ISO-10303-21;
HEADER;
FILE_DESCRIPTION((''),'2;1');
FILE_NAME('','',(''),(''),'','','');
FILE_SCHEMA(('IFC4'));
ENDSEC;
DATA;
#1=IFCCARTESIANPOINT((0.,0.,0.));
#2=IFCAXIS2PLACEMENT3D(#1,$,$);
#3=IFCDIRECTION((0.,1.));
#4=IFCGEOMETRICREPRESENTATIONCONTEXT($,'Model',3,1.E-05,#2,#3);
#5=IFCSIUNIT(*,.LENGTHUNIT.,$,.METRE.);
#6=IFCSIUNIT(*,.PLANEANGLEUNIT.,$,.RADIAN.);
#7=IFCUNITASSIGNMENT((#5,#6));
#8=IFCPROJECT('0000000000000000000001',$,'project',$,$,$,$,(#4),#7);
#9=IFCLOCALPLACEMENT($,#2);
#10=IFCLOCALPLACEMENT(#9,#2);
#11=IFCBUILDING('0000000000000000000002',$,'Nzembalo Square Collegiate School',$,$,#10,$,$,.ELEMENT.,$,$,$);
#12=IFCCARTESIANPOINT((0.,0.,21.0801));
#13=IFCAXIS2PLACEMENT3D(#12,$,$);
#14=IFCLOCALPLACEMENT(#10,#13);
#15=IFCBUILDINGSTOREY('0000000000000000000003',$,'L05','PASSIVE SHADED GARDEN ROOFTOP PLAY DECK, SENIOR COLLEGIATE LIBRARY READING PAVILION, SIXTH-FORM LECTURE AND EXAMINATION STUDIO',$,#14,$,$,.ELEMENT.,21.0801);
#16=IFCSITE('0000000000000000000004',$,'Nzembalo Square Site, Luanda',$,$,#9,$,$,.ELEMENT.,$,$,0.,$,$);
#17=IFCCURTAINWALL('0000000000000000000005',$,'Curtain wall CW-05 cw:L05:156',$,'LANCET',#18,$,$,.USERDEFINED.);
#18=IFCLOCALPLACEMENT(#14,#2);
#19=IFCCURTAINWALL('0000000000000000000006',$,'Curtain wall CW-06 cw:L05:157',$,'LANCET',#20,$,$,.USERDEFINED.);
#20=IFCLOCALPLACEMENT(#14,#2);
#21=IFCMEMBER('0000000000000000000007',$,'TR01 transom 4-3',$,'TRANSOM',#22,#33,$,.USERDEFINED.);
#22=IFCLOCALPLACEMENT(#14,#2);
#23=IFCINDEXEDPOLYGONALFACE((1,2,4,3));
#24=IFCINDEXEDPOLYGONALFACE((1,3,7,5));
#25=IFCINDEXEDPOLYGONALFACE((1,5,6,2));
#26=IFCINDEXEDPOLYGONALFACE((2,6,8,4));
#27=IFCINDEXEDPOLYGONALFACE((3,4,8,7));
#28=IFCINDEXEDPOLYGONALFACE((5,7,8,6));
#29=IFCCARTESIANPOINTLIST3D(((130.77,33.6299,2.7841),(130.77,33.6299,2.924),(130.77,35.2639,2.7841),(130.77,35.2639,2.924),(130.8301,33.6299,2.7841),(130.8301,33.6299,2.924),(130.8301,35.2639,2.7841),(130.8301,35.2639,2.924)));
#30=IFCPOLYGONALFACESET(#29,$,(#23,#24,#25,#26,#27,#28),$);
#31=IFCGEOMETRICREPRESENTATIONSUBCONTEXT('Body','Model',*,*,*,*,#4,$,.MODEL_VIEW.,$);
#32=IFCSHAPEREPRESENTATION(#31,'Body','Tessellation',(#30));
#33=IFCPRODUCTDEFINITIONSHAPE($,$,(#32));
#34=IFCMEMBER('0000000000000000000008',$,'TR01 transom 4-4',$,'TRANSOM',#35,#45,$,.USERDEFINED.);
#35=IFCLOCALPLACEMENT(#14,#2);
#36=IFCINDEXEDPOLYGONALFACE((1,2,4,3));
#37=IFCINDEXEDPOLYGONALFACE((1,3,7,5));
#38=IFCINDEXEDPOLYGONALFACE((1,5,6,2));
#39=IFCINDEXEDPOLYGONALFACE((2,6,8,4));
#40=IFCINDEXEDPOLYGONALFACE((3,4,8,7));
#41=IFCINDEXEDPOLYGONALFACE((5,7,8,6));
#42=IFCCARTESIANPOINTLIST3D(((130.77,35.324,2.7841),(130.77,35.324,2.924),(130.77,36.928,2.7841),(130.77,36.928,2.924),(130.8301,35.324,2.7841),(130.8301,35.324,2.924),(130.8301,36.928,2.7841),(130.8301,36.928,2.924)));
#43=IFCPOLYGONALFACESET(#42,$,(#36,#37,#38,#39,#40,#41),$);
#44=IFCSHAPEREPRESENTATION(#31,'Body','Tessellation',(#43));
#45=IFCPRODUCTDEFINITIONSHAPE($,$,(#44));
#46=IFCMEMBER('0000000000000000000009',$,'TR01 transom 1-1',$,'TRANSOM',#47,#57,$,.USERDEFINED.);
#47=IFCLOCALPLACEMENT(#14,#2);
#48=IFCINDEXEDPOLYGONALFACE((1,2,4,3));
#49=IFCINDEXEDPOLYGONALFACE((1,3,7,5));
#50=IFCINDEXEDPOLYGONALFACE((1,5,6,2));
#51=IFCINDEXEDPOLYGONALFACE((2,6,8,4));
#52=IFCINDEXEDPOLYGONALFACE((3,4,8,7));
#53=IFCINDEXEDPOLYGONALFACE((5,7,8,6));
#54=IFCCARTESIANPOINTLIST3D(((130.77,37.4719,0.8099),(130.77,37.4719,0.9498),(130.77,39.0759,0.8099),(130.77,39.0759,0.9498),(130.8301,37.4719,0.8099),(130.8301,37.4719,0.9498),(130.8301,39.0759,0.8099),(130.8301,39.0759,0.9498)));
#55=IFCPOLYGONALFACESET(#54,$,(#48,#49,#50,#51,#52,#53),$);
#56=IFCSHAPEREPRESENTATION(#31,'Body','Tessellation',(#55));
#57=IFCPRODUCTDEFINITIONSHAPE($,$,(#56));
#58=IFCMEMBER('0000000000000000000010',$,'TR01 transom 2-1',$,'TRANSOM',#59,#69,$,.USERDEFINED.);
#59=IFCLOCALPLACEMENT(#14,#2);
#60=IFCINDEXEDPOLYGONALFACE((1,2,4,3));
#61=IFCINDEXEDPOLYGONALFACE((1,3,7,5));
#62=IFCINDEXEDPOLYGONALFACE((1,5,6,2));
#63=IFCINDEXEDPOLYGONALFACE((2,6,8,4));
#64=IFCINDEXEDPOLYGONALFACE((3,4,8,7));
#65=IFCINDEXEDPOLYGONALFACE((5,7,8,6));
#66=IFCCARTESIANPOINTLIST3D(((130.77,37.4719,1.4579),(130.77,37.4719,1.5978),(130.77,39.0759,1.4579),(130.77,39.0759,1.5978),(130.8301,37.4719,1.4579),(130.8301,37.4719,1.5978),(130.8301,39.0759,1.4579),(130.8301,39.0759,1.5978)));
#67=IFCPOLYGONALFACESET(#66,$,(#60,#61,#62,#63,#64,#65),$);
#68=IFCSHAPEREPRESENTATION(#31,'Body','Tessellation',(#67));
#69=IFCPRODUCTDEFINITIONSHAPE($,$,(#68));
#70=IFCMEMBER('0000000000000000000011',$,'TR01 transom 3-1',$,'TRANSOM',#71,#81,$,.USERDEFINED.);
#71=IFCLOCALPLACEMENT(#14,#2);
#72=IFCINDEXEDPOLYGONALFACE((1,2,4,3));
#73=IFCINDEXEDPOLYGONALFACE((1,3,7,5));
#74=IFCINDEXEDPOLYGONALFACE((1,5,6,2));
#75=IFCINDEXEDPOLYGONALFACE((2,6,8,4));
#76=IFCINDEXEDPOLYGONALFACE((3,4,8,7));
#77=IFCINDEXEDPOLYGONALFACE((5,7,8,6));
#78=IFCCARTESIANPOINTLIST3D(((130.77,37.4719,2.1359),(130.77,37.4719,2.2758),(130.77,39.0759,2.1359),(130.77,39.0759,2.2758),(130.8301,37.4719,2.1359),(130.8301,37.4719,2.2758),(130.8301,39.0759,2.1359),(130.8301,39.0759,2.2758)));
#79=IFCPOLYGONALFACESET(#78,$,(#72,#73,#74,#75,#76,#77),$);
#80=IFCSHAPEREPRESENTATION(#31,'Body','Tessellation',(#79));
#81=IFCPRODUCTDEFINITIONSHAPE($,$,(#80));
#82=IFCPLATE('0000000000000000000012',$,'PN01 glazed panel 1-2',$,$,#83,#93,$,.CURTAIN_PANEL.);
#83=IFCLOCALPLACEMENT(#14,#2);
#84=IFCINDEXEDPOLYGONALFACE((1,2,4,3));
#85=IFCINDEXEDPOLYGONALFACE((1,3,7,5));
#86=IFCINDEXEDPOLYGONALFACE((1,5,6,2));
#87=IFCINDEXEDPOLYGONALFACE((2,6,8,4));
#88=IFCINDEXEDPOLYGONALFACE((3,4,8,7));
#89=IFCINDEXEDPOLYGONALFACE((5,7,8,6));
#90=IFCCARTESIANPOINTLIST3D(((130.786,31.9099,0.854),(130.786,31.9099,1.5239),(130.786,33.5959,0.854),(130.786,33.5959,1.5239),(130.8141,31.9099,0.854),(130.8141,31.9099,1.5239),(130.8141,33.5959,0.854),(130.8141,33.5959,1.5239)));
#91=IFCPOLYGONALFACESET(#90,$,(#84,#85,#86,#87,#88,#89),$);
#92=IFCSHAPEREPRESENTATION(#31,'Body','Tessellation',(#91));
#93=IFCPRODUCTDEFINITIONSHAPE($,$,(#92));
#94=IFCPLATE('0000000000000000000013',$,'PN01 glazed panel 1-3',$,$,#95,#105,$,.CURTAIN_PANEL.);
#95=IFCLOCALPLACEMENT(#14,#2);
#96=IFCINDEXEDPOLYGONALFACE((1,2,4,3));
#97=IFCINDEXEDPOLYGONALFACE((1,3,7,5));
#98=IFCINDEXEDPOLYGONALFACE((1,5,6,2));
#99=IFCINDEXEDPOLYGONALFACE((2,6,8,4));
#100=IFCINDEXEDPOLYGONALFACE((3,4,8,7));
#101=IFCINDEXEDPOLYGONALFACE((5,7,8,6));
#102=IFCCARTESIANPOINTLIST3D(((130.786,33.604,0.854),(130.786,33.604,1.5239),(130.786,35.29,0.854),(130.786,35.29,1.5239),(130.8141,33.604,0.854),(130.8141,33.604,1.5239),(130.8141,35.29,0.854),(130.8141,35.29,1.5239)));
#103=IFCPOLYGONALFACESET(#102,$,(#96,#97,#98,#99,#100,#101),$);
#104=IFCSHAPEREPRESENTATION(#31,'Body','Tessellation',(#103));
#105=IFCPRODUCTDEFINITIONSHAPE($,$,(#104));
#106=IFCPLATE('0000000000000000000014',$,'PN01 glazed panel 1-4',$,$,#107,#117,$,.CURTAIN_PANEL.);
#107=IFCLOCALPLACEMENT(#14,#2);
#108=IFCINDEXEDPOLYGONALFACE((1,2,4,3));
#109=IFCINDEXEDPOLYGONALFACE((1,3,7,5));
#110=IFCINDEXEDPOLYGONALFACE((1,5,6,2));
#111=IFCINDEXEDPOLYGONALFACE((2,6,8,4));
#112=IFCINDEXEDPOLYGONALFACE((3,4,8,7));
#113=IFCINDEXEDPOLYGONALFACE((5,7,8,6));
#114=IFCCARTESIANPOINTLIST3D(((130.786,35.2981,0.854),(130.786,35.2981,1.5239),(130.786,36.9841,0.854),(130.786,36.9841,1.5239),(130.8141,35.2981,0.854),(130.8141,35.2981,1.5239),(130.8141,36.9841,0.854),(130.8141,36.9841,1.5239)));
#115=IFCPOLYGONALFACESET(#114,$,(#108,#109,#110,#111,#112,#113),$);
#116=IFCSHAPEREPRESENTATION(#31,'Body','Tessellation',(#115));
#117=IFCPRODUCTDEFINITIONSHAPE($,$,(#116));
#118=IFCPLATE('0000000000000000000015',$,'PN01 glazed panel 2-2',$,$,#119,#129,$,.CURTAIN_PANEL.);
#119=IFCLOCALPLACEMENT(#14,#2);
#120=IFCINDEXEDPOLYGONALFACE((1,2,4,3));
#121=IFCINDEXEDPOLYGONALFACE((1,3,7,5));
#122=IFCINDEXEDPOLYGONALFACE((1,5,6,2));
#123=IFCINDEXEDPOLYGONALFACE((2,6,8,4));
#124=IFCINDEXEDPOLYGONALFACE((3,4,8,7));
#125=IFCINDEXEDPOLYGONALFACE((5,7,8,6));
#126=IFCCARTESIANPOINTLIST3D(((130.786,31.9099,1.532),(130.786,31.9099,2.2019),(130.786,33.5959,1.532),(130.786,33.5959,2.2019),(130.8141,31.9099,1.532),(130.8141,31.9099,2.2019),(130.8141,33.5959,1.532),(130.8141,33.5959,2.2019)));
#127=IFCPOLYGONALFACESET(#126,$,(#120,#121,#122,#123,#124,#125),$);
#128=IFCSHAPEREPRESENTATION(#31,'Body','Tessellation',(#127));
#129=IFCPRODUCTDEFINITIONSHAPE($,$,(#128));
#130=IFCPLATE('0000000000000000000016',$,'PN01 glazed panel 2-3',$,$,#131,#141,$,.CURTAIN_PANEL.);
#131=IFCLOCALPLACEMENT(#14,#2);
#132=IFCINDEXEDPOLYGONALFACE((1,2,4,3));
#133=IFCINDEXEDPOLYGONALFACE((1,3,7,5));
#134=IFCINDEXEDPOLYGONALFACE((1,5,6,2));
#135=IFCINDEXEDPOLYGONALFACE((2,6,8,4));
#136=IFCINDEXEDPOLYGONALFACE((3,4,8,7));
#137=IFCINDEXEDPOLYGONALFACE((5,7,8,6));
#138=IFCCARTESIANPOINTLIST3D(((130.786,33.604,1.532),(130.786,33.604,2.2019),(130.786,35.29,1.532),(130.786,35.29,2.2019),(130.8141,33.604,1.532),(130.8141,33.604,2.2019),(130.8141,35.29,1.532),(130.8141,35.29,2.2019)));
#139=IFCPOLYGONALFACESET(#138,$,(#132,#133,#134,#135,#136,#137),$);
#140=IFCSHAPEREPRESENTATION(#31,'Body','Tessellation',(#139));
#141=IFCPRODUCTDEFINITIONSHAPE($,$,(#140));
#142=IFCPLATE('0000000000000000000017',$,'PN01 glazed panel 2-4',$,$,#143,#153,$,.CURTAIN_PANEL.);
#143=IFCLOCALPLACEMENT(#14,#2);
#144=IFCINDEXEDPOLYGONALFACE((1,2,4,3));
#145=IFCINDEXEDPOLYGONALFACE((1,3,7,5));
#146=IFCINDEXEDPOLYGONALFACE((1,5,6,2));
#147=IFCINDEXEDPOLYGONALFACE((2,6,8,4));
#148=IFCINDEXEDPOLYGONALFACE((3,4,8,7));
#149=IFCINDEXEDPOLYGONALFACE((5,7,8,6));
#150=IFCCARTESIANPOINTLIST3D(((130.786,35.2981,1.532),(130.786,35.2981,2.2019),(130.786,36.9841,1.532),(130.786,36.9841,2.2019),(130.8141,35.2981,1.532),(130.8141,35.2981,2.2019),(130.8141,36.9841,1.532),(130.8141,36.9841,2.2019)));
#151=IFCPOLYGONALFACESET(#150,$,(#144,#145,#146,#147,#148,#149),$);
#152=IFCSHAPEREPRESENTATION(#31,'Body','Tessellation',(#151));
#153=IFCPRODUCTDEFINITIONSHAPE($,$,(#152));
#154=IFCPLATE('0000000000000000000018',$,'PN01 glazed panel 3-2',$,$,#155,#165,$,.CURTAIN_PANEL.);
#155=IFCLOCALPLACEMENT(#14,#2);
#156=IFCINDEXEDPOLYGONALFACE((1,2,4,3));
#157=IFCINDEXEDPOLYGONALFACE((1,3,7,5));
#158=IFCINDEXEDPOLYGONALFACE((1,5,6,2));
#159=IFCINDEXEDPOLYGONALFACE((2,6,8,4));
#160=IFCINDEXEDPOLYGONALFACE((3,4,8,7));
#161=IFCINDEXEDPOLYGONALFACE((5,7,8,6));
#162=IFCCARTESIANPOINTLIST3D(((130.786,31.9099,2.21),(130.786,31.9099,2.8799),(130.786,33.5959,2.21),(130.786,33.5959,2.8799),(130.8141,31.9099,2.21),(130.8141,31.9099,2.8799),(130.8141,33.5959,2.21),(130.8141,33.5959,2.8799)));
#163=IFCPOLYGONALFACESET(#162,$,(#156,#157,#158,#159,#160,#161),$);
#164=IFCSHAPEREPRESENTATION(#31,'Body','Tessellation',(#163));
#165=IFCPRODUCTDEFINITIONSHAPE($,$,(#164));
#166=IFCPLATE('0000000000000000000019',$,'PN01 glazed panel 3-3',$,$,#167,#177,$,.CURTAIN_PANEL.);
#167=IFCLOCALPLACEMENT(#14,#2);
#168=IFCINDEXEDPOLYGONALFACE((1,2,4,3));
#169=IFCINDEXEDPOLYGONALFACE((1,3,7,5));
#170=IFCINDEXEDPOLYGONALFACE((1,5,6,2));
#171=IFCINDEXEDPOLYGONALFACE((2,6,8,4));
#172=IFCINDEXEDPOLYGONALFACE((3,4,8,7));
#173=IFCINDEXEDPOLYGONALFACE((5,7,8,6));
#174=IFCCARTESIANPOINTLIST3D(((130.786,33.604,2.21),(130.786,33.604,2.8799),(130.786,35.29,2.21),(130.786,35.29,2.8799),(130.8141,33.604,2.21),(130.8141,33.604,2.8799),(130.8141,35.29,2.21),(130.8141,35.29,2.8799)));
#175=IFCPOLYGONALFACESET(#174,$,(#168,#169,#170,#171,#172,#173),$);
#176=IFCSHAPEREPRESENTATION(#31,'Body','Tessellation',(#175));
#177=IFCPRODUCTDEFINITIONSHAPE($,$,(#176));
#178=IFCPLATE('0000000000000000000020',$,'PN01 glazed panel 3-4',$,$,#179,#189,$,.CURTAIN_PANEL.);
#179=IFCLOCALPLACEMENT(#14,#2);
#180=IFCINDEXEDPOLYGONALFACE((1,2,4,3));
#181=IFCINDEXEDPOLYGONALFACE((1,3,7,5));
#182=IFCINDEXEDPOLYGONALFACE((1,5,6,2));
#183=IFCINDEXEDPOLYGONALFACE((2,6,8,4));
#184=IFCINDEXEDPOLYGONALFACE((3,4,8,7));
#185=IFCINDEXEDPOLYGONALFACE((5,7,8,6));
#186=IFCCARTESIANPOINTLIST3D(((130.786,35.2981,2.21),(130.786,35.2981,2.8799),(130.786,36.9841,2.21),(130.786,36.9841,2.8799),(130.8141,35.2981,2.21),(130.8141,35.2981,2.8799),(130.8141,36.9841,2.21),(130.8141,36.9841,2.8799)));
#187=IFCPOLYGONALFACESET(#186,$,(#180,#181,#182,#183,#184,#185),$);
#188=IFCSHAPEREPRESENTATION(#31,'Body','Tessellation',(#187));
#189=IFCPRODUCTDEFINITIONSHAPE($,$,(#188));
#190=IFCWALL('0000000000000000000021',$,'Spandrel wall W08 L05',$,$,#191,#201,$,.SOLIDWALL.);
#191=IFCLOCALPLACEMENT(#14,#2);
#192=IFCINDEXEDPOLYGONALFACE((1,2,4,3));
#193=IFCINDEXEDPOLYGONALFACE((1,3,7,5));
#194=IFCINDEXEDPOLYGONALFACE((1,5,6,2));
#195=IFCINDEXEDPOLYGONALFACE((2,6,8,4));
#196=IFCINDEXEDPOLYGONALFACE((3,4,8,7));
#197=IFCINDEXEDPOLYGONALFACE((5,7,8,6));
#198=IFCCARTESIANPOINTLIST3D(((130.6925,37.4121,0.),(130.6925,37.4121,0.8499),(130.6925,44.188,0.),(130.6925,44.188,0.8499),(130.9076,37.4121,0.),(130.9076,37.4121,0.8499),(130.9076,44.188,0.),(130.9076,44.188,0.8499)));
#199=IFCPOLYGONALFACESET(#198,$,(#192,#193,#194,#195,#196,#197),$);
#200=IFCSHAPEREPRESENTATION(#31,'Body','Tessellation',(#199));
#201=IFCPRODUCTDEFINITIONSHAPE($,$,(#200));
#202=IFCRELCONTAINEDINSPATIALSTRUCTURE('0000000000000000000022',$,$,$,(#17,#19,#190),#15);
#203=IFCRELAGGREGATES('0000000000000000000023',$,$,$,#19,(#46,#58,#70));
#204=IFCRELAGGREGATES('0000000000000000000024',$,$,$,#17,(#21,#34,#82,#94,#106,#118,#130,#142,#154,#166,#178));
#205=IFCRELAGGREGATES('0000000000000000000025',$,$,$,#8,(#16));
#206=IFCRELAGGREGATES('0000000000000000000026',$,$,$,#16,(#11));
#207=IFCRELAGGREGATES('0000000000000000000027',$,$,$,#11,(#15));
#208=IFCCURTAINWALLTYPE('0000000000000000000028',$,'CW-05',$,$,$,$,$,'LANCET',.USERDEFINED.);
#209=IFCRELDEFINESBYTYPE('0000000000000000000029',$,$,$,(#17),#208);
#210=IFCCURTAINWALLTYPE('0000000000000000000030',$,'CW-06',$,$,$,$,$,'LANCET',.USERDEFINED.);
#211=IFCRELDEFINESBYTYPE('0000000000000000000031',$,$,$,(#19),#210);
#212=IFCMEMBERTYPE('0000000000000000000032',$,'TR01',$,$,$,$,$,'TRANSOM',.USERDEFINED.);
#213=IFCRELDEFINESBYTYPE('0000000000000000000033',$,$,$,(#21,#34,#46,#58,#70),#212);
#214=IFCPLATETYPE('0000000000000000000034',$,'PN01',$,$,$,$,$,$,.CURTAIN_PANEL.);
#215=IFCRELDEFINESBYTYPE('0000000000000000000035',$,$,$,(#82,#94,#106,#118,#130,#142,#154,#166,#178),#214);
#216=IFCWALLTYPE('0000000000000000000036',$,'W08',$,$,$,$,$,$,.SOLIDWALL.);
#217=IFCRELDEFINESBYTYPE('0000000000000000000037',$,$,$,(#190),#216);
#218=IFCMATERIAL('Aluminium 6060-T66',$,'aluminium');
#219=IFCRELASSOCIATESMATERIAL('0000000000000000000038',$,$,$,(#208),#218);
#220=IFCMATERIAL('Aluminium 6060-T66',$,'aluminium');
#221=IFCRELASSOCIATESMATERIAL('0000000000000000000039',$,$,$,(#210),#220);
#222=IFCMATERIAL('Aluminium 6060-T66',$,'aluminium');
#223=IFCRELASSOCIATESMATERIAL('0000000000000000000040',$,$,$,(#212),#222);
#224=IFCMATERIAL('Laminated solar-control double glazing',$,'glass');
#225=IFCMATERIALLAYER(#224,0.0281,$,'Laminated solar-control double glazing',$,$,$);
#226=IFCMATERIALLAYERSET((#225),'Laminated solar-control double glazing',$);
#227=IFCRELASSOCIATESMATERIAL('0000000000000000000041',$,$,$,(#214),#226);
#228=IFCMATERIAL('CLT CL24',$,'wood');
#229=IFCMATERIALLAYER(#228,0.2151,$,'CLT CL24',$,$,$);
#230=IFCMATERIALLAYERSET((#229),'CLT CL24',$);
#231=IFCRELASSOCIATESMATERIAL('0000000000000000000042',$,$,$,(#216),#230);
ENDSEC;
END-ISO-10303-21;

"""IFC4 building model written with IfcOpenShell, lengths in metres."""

from ifc_helpers import new_model, si_unit, direction, frame, frame_2d, origin, origin_2d, place, context, subcontext, project, spatial, rectangle, extrude, material, layer, layer_set, material_profile, profile_set, type_object, element, aggregate, save


model = new_model("IFC4")

# Units and contexts
model_context = context("Model", 3, precision=1e-05, world=origin(), true_north=direction((0.0, 1.0)))
body_context = subcontext(model_context, "Body", "Model", "MODEL_VIEW")
ifc_project = project(units=[si_unit("LENGTHUNIT", "METRE"), si_unit("PLANEANGLEUNIT", "RADIAN")], contexts=[model_context])

# Site, building, storey
site_placement = place(None, origin())
site = spatial("IfcSite", under=ifc_project, at=site_placement, Name="Nzembalo Square Site, Luanda", CompositionType="ELEMENT", RefElevation=0.0)
building_placement = place(site_placement, origin())
building = spatial("IfcBuilding", under=site, at=building_placement, Name="Nzembalo Square Collegiate School", CompositionType="ELEMENT")
storey_placement = place(building_placement, frame((0.0, 0.0, 21.0801)))
storey = spatial("IfcBuildingStorey", under=building, at=storey_placement, Name="L05", Description="PASSIVE SHADED GARDEN ROOFTOP PLAY DECK, SENIOR COLLEGIATE LIBRARY READING PAVILION, SIXTH-FORM LECTURE AND EXAMINATION STUDIO", CompositionType="ELEMENT", Elevation=21.0801)

# Curtain wall
ifc_material_1 = material(Name="Aluminium 6060-T66", Category="aluminium")
curtain_wall_type_1 = type_object("IfcCurtainWallType", Name="CW-05", ElementType="LANCET", PredefinedType="USERDEFINED", material=ifc_material_1)
curtain_wall_1_placement = place(storey_placement, origin())
curtain_wall_1 = element("IfcCurtainWall", 1, at=curtain_wall_1_placement, inside=storey, type_object=curtain_wall_type_1, Name="Curtain wall CW-05 cw:L05:156", ObjectType="LANCET", PredefinedType="USERDEFINED")

# Curtain wall
ifc_material_2 = material(Name="Aluminium 6060-T66", Category="aluminium")
curtain_wall_type_2 = type_object("IfcCurtainWallType", Name="CW-06", ElementType="LANCET", PredefinedType="USERDEFINED", material=ifc_material_2)
curtain_wall_2_placement = place(storey_placement, origin())
curtain_wall_2 = element("IfcCurtainWall", 2, at=curtain_wall_2_placement, inside=storey, type_object=curtain_wall_type_2, Name="Curtain wall CW-06 cw:L05:157", ObjectType="LANCET", PredefinedType="USERDEFINED")

# Members
ifc_material_3 = material(Name="Aluminium 6060-T66", Category="aluminium")
ifc_material_profile_1 = material_profile(ifc_material_3, rectangle(XDim=0.0601, YDim=0.1399, at=origin_2d()), Name="ALU T60x140")
ifc_profile_set_1 = profile_set([ifc_material_profile_1], Name="Aluminium 6060-T66")
member_type_1 = type_object("IfcMemberType", Name="TR01", ElementType="TRANSOM", PredefinedType="USERDEFINED", material=ifc_profile_set_1)
member_1_placement = place(storey_placement, frame((130.8, 33.6299, 2.854), z_axis=(0.0, 1.0, 0.0), x_axis=(-1.0, 0.0, 0.0)))
member_1 = element("IfcMember", 3, at=member_1_placement, type_object=member_type_1, Name="TR01 transom 4-3", ObjectType="TRANSOM", PredefinedType="USERDEFINED", context=body_context, shape_type="SweptSolid", body=[
    extrude(rectangle(XDim=0.0601, YDim=0.1399, at=origin_2d()), origin(), (0.0, 0.0, 1.0), 1.634),
])
member_2_placement = place(storey_placement, frame((130.8, 35.324, 2.854), z_axis=(0.0, 1.0, 0.0), x_axis=(-1.0, 0.0, 0.0)))
member_2 = element("IfcMember", 4, at=member_2_placement, type_object=member_type_1, Name="TR01 transom 4-4", ObjectType="TRANSOM", PredefinedType="USERDEFINED", context=body_context, shape_type="SweptSolid", body=[
    extrude(rectangle(XDim=0.0601, YDim=0.1399, at=origin_2d()), origin(), (0.0, 0.0, 1.0), 1.604),
])
member_3_placement = place(storey_placement, frame((130.8, 37.4719, 0.8799), z_axis=(0.0, 1.0, 0.0), x_axis=(-1.0, 0.0, 0.0)))
member_3 = element("IfcMember", 5, at=member_3_placement, type_object=member_type_1, Name="TR01 transom 1-1", ObjectType="TRANSOM", PredefinedType="USERDEFINED", context=body_context, shape_type="SweptSolid", body=[
    extrude(rectangle(XDim=0.0601, YDim=0.1399, at=origin_2d()), origin(), (0.0, 0.0, 1.0), 1.604),
])
member_4_placement = place(storey_placement, frame((130.8, 37.4719, 1.5278), z_axis=(0.0, 1.0, 0.0), x_axis=(-1.0, 0.0, 0.0)))
member_4 = element("IfcMember", 6, at=member_4_placement, type_object=member_type_1, Name="TR01 transom 2-1", ObjectType="TRANSOM", PredefinedType="USERDEFINED", context=body_context, shape_type="SweptSolid", body=[
    extrude(rectangle(XDim=0.0601, YDim=0.1399, at=origin_2d()), origin(), (0.0, 0.0, 1.0), 1.604),
])
member_5_placement = place(storey_placement, frame((130.8, 37.4719, 2.2058), z_axis=(0.0, 1.0, 0.0), x_axis=(-1.0, 0.0, 0.0)))
member_5 = element("IfcMember", 7, at=member_5_placement, type_object=member_type_1, Name="TR01 transom 3-1", ObjectType="TRANSOM", PredefinedType="USERDEFINED", context=body_context, shape_type="SweptSolid", body=[
    extrude(rectangle(XDim=0.0601, YDim=0.1399, at=origin_2d()), origin(), (0.0, 0.0, 1.0), 1.604),
])
aggregate(curtain_wall_2, [member_3, member_4, member_5])

# Plates
ifc_material_4 = material(Name="Laminated solar-control double glazing", Category="glass")
ifc_layer_1 = layer(ifc_material_4, 0.0281, Name="Laminated solar-control double glazing")
ifc_layer_set_1 = layer_set([ifc_layer_1], Name="Laminated solar-control double glazing")
plate_type = type_object("IfcPlateType", Name="PN01", PredefinedType="CURTAIN_PANEL", material=ifc_layer_set_1)
plate_1_placement = place(storey_placement, frame((130.8, 32.7529, 0.854), z_axis=(0.0, 0.0, 1.0), x_axis=(0.0, 1.0, 0.0)))
plate_1 = element("IfcPlate", 8, at=plate_1_placement, type_object=plate_type, Name="PN01 glazed panel 1-2", PredefinedType="CURTAIN_PANEL", context=body_context, shape_type="SweptSolid", body=[
    extrude(rectangle(XDim=1.686, YDim=0.0281, at=origin_2d()), origin(), (0.0, 0.0, 1.0), 0.6699),
])
plate_2_placement = place(storey_placement, frame((130.8, 34.447, 0.854), z_axis=(0.0, 0.0, 1.0), x_axis=(0.0, 1.0, 0.0)))
plate_2 = element("IfcPlate", 9, at=plate_2_placement, type_object=plate_type, Name="PN01 glazed panel 1-3", PredefinedType="CURTAIN_PANEL", context=body_context, shape_type="SweptSolid", body=[
    extrude(rectangle(XDim=1.686, YDim=0.0281, at=origin_2d()), origin(), (0.0, 0.0, 1.0), 0.6699),
])
plate_3_placement = place(storey_placement, frame((130.8, 36.1411, 0.854), z_axis=(0.0, 0.0, 1.0), x_axis=(0.0, 1.0, 0.0)))
plate_3 = element("IfcPlate", 10, at=plate_3_placement, type_object=plate_type, Name="PN01 glazed panel 1-4", PredefinedType="CURTAIN_PANEL", context=body_context, shape_type="SweptSolid", body=[
    extrude(rectangle(XDim=1.686, YDim=0.0281, at=origin_2d()), origin(), (0.0, 0.0, 1.0), 0.6699),
])
plate_4_placement = place(storey_placement, frame((130.8, 32.7529, 1.532), z_axis=(0.0, 0.0, 1.0), x_axis=(0.0, 1.0, 0.0)))
plate_4 = element("IfcPlate", 11, at=plate_4_placement, type_object=plate_type, Name="PN01 glazed panel 2-2", PredefinedType="CURTAIN_PANEL", context=body_context, shape_type="SweptSolid", body=[
    extrude(rectangle(XDim=1.686, YDim=0.0281, at=origin_2d()), origin(), (0.0, 0.0, 1.0), 0.6699),
])
plate_5_placement = place(storey_placement, frame((130.8, 34.447, 1.532), z_axis=(0.0, 0.0, 1.0), x_axis=(0.0, 1.0, 0.0)))
plate_5 = element("IfcPlate", 12, at=plate_5_placement, type_object=plate_type, Name="PN01 glazed panel 2-3", PredefinedType="CURTAIN_PANEL", context=body_context, shape_type="SweptSolid", body=[
    extrude(rectangle(XDim=1.686, YDim=0.0281, at=origin_2d()), origin(), (0.0, 0.0, 1.0), 0.6699),
])
plate_6_placement = place(storey_placement, frame((130.8, 36.1411, 1.532), z_axis=(0.0, 0.0, 1.0), x_axis=(0.0, 1.0, 0.0)))
plate_6 = element("IfcPlate", 13, at=plate_6_placement, type_object=plate_type, Name="PN01 glazed panel 2-4", PredefinedType="CURTAIN_PANEL", context=body_context, shape_type="SweptSolid", body=[
    extrude(rectangle(XDim=1.686, YDim=0.0281, at=origin_2d()), origin(), (0.0, 0.0, 1.0), 0.6699),
])
plate_7_placement = place(storey_placement, frame((130.8, 32.7529, 2.21), z_axis=(0.0, 0.0, 1.0), x_axis=(0.0, 1.0, 0.0)))
plate_7 = element("IfcPlate", 14, at=plate_7_placement, type_object=plate_type, Name="PN01 glazed panel 3-2", PredefinedType="CURTAIN_PANEL", context=body_context, shape_type="SweptSolid", body=[
    extrude(rectangle(XDim=1.686, YDim=0.0281, at=origin_2d()), origin(), (0.0, 0.0, 1.0), 0.6699),
])
plate_8_placement = place(storey_placement, frame((130.8, 34.447, 2.21), z_axis=(0.0, 0.0, 1.0), x_axis=(0.0, 1.0, 0.0)))
plate_8 = element("IfcPlate", 15, at=plate_8_placement, type_object=plate_type, Name="PN01 glazed panel 3-3", PredefinedType="CURTAIN_PANEL", context=body_context, shape_type="SweptSolid", body=[
    extrude(rectangle(XDim=1.686, YDim=0.0281, at=origin_2d()), origin(), (0.0, 0.0, 1.0), 0.6699),
])
plate_9_placement = place(storey_placement, frame((130.8, 36.1411, 2.21), z_axis=(0.0, 0.0, 1.0), x_axis=(0.0, 1.0, 0.0)))
plate_9 = element("IfcPlate", 16, at=plate_9_placement, type_object=plate_type, Name="PN01 glazed panel 3-4", PredefinedType="CURTAIN_PANEL", context=body_context, shape_type="SweptSolid", body=[
    extrude(rectangle(XDim=1.686, YDim=0.0281, at=origin_2d()), origin(), (0.0, 0.0, 1.0), 0.6699),
])
aggregate(curtain_wall_1, [member_1, member_2, plate_1, plate_2, plate_3, plate_4, plate_5, plate_6, plate_7, plate_8, plate_9])

# Wall
ifc_material_5 = material(Name="CLT CL24", Category="wood")
ifc_layer_2 = layer(ifc_material_5, 0.2151, Name="CLT CL24")
ifc_layer_set_2 = layer_set([ifc_layer_2], Name="CLT CL24")
wall_type = type_object("IfcWallType", Name="W08", PredefinedType="SOLIDWALL", material=ifc_layer_set_2)
wall_placement = place(storey_placement, frame((130.8, 37.4121, 0.0), z_axis=(0.0, 0.0, 1.0), x_axis=(0.0, 1.0, 0.0)))
element("IfcWall", 17, at=wall_placement, inside=storey, type_object=wall_type, Name="Spandrel wall W08 L05", PredefinedType="SOLIDWALL", context=body_context, shape_type="SweptSolid", body=[
    extrude(rectangle(XDim=6.7759, YDim=0.2151, at=frame_2d((3.3879, 0.0))), origin(), (0.0, 0.0, 1.0), 0.8499),
])

save(model, "model.ifc")
